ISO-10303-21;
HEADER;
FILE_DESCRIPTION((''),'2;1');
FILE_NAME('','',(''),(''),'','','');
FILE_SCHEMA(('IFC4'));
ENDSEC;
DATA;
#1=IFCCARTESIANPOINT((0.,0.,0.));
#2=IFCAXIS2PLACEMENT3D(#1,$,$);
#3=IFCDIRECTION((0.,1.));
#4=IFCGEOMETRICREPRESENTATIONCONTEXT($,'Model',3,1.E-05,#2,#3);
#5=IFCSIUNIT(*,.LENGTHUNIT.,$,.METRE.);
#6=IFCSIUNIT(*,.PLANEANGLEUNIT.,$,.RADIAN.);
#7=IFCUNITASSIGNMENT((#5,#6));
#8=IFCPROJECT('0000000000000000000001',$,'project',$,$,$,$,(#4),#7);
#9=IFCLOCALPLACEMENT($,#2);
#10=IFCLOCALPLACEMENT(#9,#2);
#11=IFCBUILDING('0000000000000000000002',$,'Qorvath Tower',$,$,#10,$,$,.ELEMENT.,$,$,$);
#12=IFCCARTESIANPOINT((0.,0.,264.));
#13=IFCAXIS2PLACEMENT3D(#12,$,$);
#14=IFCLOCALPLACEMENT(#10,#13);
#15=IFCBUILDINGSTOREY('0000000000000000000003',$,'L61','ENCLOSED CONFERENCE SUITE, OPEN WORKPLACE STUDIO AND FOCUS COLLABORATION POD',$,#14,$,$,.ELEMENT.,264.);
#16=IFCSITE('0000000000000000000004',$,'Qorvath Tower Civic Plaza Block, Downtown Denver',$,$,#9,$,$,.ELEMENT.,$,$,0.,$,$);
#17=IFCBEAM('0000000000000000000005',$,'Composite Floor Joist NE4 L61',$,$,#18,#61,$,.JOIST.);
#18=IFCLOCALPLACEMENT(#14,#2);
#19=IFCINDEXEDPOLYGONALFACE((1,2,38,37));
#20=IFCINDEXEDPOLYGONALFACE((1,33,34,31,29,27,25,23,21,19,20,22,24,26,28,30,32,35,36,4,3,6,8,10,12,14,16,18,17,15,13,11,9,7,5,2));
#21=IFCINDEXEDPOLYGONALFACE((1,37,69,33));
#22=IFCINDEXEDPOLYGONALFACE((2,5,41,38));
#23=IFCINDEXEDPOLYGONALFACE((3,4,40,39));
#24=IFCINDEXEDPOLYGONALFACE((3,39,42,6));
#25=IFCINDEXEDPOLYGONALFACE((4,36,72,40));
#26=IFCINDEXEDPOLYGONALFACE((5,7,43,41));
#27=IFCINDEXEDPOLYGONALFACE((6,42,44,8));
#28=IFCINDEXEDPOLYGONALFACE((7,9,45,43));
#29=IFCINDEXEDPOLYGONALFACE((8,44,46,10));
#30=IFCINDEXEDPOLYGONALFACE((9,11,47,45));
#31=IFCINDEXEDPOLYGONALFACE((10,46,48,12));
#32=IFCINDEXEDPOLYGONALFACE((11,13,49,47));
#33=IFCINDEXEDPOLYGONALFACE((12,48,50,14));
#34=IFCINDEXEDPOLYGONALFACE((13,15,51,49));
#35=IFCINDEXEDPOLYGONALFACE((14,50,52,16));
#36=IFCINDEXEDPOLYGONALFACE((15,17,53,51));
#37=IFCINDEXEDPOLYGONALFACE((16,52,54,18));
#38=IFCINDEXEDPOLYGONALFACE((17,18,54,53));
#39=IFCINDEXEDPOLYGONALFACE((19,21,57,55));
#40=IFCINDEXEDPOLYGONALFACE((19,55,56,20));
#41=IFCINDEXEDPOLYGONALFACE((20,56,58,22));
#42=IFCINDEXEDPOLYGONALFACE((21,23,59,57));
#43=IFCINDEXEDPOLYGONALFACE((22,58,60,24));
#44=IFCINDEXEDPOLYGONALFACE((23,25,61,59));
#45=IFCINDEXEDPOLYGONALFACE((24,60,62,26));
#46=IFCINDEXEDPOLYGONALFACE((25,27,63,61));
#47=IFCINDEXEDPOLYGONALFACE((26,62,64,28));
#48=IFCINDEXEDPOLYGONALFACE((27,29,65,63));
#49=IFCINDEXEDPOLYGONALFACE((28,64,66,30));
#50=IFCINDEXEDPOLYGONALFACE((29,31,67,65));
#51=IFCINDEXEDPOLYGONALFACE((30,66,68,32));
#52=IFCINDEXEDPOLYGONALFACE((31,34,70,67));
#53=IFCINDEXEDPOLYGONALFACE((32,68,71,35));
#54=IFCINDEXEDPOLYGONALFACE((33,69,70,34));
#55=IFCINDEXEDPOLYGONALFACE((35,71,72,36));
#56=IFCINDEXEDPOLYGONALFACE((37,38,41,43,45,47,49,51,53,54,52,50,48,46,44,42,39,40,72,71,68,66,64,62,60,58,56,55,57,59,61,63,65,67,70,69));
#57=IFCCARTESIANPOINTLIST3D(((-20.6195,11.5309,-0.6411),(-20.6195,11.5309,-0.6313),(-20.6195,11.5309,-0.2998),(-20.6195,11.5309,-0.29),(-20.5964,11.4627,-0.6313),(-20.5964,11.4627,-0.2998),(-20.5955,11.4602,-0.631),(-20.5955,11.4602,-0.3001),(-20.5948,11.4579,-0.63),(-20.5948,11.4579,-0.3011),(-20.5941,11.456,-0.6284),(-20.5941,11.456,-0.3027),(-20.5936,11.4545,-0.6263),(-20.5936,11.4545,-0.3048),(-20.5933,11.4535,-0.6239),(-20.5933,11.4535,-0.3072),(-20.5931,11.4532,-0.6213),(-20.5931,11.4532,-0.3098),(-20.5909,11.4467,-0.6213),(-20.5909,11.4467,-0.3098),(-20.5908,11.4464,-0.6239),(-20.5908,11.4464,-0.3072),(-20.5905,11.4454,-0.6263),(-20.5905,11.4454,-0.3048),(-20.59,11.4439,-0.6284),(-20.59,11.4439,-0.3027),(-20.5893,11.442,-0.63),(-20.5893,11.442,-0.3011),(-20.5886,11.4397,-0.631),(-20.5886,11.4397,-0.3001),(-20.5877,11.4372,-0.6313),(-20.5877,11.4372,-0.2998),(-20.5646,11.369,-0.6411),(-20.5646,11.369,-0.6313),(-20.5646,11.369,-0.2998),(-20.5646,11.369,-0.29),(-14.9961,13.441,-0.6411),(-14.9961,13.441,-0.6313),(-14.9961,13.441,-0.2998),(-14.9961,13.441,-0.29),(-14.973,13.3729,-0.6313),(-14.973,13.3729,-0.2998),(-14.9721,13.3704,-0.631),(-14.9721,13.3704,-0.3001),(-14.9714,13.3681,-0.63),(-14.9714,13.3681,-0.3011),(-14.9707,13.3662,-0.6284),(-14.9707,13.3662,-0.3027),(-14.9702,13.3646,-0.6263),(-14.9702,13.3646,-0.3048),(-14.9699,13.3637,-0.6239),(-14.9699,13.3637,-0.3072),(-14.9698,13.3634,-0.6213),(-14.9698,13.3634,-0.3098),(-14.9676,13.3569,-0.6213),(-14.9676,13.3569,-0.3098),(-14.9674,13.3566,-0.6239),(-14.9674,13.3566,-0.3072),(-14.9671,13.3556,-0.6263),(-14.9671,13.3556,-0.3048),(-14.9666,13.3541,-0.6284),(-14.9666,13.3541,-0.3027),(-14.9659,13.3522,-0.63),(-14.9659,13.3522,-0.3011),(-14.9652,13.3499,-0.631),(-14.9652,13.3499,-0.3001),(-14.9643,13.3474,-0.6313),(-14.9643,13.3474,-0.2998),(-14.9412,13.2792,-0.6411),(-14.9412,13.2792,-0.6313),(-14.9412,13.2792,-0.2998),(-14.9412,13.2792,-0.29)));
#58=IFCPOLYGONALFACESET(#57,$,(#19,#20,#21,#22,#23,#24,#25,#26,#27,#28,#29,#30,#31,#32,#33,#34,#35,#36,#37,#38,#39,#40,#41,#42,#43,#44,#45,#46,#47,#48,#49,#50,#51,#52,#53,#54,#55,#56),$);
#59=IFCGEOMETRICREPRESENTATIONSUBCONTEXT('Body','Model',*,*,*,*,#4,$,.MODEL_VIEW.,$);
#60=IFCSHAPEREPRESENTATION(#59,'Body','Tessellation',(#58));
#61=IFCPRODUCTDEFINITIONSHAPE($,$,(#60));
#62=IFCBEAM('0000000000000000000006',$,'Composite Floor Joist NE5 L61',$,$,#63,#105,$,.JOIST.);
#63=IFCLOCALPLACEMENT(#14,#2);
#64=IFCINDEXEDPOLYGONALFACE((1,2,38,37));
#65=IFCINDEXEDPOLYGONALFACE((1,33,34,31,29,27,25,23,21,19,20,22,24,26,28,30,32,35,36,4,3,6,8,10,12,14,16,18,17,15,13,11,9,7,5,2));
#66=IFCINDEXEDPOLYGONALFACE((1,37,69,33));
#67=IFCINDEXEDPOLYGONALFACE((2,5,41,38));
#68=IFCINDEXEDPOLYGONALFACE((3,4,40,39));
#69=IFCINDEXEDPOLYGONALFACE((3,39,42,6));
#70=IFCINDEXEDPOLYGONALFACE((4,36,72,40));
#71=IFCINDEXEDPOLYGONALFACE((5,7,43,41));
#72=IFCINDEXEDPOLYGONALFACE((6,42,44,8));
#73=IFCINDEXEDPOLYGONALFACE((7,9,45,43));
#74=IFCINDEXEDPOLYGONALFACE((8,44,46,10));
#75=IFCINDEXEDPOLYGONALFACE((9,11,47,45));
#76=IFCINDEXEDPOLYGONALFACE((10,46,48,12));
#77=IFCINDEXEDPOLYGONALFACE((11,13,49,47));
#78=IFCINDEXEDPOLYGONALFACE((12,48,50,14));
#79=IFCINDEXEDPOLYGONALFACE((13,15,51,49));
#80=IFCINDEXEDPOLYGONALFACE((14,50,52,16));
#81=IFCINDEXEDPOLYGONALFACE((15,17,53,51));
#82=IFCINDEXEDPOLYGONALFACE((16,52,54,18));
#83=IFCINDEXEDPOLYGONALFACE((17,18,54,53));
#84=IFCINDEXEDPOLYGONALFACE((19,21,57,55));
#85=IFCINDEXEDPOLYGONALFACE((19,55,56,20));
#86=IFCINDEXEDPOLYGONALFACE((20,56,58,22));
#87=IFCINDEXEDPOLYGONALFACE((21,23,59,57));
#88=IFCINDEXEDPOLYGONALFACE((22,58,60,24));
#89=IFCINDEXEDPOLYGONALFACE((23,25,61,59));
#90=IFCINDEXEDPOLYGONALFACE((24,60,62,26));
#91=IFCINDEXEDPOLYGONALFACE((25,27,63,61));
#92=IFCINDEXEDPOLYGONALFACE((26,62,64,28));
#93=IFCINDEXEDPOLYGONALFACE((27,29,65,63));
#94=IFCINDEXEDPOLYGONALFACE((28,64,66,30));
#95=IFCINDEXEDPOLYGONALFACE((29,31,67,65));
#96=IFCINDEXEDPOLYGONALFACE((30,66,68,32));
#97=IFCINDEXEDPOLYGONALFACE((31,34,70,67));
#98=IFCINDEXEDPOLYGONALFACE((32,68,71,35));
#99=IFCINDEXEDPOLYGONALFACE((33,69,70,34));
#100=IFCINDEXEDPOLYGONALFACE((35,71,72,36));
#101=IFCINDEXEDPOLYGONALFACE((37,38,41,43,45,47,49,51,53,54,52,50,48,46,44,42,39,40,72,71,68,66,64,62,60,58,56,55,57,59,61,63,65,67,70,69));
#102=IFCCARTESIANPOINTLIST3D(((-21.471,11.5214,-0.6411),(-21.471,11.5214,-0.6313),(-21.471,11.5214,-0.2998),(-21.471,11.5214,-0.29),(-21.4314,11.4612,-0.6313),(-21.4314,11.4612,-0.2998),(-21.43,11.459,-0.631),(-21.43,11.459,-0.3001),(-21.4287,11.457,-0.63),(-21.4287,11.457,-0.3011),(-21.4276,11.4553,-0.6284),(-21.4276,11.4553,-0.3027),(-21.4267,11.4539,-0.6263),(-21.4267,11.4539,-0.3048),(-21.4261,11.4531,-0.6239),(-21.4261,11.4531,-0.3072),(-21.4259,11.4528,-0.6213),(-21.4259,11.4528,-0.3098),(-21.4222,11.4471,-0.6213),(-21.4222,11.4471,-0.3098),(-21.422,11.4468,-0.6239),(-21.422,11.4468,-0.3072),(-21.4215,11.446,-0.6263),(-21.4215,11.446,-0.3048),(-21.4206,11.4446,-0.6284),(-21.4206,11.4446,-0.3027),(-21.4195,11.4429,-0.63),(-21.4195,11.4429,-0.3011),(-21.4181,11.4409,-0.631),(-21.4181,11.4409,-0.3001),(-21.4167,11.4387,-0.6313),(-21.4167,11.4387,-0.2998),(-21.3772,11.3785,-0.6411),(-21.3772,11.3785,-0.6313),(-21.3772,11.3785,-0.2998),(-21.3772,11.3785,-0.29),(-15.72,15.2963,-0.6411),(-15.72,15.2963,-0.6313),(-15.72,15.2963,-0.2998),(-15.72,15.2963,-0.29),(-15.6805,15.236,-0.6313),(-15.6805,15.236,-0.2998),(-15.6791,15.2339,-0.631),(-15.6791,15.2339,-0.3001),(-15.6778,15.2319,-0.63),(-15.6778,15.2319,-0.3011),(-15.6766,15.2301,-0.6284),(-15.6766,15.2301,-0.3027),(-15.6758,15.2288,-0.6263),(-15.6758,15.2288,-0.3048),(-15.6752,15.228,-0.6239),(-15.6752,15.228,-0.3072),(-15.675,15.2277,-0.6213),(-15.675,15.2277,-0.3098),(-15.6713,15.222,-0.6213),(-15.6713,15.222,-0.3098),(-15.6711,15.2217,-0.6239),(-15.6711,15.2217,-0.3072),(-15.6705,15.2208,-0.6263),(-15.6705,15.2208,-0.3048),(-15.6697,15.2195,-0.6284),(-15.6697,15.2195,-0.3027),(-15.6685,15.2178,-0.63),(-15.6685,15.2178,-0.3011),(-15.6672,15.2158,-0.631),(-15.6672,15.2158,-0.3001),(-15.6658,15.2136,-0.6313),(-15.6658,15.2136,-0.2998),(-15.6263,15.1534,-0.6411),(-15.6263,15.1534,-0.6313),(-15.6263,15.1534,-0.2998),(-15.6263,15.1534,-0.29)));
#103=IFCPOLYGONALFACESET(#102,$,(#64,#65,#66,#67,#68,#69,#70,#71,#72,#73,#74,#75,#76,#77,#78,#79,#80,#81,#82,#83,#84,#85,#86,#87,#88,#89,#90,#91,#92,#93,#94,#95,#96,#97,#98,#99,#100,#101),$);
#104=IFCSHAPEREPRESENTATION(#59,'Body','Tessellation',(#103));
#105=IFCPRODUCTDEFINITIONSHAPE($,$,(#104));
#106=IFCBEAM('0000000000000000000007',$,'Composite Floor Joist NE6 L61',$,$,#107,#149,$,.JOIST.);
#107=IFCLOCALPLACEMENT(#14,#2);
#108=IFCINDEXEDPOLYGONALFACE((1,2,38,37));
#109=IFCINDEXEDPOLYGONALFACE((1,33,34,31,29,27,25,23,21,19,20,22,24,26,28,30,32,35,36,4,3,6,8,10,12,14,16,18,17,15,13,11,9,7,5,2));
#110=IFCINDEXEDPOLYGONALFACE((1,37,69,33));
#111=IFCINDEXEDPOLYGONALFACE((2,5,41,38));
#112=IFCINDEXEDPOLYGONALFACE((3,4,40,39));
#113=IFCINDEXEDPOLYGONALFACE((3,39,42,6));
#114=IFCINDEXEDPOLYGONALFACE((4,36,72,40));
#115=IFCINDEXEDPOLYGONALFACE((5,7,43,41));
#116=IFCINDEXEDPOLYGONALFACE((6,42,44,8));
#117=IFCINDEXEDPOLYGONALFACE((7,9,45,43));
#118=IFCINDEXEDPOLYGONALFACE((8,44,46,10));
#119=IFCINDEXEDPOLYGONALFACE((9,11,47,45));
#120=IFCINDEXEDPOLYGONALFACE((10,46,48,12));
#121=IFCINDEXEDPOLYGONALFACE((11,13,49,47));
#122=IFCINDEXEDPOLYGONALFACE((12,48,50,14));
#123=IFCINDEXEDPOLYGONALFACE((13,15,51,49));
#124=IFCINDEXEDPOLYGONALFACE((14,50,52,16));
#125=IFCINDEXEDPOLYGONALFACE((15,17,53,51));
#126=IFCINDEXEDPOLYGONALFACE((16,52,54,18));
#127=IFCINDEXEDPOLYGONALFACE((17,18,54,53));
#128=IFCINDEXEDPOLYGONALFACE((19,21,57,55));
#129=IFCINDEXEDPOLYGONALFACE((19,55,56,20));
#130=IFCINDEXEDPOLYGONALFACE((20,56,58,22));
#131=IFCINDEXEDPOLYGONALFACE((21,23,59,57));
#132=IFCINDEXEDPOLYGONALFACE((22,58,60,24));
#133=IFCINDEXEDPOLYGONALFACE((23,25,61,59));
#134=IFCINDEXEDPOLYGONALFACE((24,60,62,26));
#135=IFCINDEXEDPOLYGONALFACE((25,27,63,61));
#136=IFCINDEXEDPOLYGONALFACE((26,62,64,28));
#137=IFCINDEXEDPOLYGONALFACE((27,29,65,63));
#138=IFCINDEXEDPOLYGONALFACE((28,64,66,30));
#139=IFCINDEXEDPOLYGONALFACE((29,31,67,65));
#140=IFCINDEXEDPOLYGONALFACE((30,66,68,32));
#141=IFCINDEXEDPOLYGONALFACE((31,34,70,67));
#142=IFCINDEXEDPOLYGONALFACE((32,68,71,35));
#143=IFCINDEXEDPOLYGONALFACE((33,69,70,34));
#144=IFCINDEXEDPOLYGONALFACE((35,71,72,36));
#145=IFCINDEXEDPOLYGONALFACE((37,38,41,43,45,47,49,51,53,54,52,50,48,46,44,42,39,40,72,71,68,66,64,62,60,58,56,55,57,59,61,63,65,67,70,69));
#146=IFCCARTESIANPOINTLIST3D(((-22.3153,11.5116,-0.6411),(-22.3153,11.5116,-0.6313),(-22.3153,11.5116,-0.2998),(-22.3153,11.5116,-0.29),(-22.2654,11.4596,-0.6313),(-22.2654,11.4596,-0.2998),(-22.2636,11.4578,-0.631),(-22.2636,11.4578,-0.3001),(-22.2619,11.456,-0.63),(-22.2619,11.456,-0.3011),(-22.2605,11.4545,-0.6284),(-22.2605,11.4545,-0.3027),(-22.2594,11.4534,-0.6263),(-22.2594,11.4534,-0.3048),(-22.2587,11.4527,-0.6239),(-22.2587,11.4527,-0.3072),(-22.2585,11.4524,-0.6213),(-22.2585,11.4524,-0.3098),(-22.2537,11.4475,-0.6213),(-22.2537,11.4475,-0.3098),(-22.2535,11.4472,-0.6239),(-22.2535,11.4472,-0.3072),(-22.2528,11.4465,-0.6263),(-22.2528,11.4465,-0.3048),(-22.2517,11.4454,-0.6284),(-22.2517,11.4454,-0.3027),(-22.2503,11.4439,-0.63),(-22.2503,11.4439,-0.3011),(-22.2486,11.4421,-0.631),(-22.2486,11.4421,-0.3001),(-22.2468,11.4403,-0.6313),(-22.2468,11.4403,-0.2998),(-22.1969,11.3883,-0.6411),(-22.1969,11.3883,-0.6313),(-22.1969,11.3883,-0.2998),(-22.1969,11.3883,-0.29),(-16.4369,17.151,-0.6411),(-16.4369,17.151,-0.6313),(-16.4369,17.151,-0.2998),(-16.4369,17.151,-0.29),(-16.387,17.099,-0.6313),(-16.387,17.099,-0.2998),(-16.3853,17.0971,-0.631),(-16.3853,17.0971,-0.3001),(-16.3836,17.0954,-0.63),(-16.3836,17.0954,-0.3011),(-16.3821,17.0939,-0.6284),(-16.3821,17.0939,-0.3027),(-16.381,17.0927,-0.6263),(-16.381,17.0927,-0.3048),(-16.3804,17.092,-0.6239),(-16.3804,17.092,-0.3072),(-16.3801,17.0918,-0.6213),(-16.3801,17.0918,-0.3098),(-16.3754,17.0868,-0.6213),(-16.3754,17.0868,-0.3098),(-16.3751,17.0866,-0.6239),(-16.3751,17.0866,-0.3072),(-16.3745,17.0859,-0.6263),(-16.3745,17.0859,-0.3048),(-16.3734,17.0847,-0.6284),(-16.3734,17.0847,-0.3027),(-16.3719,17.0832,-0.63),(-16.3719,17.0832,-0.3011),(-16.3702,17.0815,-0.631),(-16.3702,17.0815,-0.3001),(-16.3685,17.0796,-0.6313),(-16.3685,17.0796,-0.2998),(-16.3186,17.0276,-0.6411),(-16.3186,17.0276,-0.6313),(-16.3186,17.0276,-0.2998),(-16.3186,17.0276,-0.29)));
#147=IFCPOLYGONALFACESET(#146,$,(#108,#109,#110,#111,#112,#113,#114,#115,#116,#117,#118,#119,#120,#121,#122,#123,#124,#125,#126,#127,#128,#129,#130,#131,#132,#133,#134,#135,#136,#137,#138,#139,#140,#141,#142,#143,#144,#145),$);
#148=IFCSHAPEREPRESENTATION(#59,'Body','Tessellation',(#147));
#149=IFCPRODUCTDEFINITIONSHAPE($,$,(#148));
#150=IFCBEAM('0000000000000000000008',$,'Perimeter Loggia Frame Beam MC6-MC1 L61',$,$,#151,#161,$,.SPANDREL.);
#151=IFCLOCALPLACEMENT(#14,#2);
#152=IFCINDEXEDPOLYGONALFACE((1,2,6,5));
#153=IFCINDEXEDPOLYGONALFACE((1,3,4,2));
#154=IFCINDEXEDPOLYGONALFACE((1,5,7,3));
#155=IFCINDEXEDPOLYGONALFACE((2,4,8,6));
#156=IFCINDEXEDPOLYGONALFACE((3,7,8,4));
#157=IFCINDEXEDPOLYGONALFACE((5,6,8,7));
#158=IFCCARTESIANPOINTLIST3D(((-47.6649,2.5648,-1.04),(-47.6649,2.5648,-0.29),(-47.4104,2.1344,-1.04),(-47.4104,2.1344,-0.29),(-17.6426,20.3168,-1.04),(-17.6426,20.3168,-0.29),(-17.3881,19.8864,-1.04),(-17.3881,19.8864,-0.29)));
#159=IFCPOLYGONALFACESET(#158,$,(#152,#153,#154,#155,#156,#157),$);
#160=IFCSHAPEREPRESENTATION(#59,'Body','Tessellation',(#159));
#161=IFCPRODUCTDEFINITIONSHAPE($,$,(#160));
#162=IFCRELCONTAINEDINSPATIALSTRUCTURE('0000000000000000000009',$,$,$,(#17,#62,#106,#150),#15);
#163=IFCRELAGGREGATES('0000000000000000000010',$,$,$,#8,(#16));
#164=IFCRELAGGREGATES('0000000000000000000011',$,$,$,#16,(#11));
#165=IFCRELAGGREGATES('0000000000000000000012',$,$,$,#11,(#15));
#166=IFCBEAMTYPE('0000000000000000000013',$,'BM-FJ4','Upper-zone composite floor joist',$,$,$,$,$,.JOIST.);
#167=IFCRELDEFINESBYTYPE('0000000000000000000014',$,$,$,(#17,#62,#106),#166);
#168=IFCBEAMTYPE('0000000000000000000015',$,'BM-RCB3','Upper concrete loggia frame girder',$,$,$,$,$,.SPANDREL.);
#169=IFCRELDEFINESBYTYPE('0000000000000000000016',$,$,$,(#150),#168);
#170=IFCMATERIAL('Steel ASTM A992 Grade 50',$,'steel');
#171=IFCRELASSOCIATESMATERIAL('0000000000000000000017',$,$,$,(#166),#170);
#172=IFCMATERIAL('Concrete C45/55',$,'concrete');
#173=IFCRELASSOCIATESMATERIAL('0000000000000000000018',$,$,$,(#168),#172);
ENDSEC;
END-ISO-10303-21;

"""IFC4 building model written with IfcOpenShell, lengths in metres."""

from ifc_helpers import new_model, si_unit, direction, frame, origin, origin_2d, place, context, subcontext, project, spatial, rectangle, i_section, extrude, material, material_profile, profile_set, type_object, element, save


model = new_model("IFC4")

# Units and contexts
model_context = context("Model", 3, precision=1e-05, world=origin(), true_north=direction((0.0, 1.0)))
body_context = subcontext(model_context, "Body", "Model", "MODEL_VIEW")
ifc_project = project(units=[si_unit("LENGTHUNIT", "METRE"), si_unit("PLANEANGLEUNIT", "RADIAN")], contexts=[model_context])

# Site, building, storey
site_placement = place(None, origin())
site = spatial("IfcSite", under=ifc_project, at=site_placement, Name="Qorvath Tower Civic Plaza Block, Downtown Denver", CompositionType="ELEMENT", RefElevation=0.0)
building_placement = place(site_placement, origin())
building = spatial("IfcBuilding", under=site, at=building_placement, Name="Qorvath Tower", CompositionType="ELEMENT")
storey_placement = place(building_placement, frame((0.0, 0.0, 264.0)))
storey = spatial("IfcBuildingStorey", under=building, at=storey_placement, Name="L61", Description="ENCLOSED CONFERENCE SUITE, OPEN WORKPLACE STUDIO AND FOCUS COLLABORATION POD", CompositionType="ELEMENT", Elevation=264.0)

# Beams
ifc_material_1 = material(Name="Steel ASTM A992 Grade 50", Category="steel")
ifc_material_profile_1 = material_profile(ifc_material_1, i_section(OverallWidth=0.1709, OverallDepth=0.3511, WebThickness=0.0068, FlangeThickness=0.0098, FilletRadius=0.01, at=origin_2d()), Name="W14x30")
ifc_profile_set_1 = profile_set([ifc_material_profile_1], Name="Steel ASTM A992 Grade 50")
beam_type_1 = type_object("IfcBeamType", Name="BM-FJ4", Description="Upper-zone composite floor joist", PredefinedType="JOIST", material=ifc_profile_set_1)
beam_1_placement = place(storey_placement, frame((-20.592, 11.45, -0.4656), z_axis=(0.946863, 0.321637, 0.0), x_axis=(-0.321637, 0.946863, 0.0)))
element("IfcBeam", 1, at=beam_1_placement, inside=storey, type_object=beam_type_1, Name="Composite Floor Joist NE4 L61", PredefinedType="JOIST", context=body_context, shape_type="SweptSolid", body=[
    extrude(i_section(OverallWidth=0.1709, OverallDepth=0.3511, WebThickness=0.0068, FlangeThickness=0.0098, FilletRadius=0.01, at=origin_2d()), origin(), (0.0, 0.0, 1.0), 5.939),
])
beam_2_placement = place(storey_placement, frame((-21.4241, 11.45, -0.4656), z_axis=(0.835993, 0.54874, 0.0), x_axis=(-0.54874, 0.835993, 0.0)))
element("IfcBeam", 2, at=beam_2_placement, inside=storey, type_object=beam_type_1, Name="Composite Floor Joist NE5 L61", PredefinedType="JOIST", context=body_context, shape_type="SweptSolid", body=[
    extrude(i_section(OverallWidth=0.1709, OverallDepth=0.3511, WebThickness=0.0068, FlangeThickness=0.0098, FilletRadius=0.01, at=origin_2d()), origin(), (0.0, 0.0, 1.0), 6.8792),
])
beam_3_placement = place(storey_placement, frame((-22.2561, 11.45, -0.4656), z_axis=(0.721625, 0.692284, 0.0), x_axis=(-0.692284, 0.721625, 0.0)))
element("IfcBeam", 3, at=beam_3_placement, inside=storey, type_object=beam_type_1, Name="Composite Floor Joist NE6 L61", PredefinedType="JOIST", context=body_context, shape_type="SweptSolid", body=[
    extrude(i_section(OverallWidth=0.1709, OverallDepth=0.3511, WebThickness=0.0068, FlangeThickness=0.0098, FilletRadius=0.01, at=origin_2d()), origin(), (0.0, 0.0, 1.0), 8.146),
])
ifc_material_2 = material(Name="Concrete C45/55", Category="concrete")
ifc_material_profile_2 = material_profile(ifc_material_2, rectangle(XDim=0.5, YDim=0.75, at=origin_2d()), Name="RCB 750x500")
ifc_profile_set_2 = profile_set([ifc_material_profile_2], Name="Concrete C45/55")
beam_type_2 = type_object("IfcBeamType", Name="BM-RCB3", Description="Upper concrete loggia frame girder", PredefinedType="SPANDREL", material=ifc_profile_set_2)
beam_4_placement = place(storey_placement, frame((-17.5154, 20.1016, -0.665), z_axis=(-0.860781, -0.508975, 0.0), x_axis=(0.508975, -0.860781, 0.0)))
element("IfcBeam", 4, at=beam_4_placement, inside=storey, type_object=beam_type_2, Name="Perimeter Loggia Frame Beam MC6-MC1 L61", PredefinedType="SPANDREL", context=body_context, shape_type="SweptSolid", body=[
    extrude(rectangle(XDim=0.5, YDim=0.75, at=origin_2d()), origin(), (0.0, 0.0, 1.0), 34.8779),
])

save(model, "model.ifc")
